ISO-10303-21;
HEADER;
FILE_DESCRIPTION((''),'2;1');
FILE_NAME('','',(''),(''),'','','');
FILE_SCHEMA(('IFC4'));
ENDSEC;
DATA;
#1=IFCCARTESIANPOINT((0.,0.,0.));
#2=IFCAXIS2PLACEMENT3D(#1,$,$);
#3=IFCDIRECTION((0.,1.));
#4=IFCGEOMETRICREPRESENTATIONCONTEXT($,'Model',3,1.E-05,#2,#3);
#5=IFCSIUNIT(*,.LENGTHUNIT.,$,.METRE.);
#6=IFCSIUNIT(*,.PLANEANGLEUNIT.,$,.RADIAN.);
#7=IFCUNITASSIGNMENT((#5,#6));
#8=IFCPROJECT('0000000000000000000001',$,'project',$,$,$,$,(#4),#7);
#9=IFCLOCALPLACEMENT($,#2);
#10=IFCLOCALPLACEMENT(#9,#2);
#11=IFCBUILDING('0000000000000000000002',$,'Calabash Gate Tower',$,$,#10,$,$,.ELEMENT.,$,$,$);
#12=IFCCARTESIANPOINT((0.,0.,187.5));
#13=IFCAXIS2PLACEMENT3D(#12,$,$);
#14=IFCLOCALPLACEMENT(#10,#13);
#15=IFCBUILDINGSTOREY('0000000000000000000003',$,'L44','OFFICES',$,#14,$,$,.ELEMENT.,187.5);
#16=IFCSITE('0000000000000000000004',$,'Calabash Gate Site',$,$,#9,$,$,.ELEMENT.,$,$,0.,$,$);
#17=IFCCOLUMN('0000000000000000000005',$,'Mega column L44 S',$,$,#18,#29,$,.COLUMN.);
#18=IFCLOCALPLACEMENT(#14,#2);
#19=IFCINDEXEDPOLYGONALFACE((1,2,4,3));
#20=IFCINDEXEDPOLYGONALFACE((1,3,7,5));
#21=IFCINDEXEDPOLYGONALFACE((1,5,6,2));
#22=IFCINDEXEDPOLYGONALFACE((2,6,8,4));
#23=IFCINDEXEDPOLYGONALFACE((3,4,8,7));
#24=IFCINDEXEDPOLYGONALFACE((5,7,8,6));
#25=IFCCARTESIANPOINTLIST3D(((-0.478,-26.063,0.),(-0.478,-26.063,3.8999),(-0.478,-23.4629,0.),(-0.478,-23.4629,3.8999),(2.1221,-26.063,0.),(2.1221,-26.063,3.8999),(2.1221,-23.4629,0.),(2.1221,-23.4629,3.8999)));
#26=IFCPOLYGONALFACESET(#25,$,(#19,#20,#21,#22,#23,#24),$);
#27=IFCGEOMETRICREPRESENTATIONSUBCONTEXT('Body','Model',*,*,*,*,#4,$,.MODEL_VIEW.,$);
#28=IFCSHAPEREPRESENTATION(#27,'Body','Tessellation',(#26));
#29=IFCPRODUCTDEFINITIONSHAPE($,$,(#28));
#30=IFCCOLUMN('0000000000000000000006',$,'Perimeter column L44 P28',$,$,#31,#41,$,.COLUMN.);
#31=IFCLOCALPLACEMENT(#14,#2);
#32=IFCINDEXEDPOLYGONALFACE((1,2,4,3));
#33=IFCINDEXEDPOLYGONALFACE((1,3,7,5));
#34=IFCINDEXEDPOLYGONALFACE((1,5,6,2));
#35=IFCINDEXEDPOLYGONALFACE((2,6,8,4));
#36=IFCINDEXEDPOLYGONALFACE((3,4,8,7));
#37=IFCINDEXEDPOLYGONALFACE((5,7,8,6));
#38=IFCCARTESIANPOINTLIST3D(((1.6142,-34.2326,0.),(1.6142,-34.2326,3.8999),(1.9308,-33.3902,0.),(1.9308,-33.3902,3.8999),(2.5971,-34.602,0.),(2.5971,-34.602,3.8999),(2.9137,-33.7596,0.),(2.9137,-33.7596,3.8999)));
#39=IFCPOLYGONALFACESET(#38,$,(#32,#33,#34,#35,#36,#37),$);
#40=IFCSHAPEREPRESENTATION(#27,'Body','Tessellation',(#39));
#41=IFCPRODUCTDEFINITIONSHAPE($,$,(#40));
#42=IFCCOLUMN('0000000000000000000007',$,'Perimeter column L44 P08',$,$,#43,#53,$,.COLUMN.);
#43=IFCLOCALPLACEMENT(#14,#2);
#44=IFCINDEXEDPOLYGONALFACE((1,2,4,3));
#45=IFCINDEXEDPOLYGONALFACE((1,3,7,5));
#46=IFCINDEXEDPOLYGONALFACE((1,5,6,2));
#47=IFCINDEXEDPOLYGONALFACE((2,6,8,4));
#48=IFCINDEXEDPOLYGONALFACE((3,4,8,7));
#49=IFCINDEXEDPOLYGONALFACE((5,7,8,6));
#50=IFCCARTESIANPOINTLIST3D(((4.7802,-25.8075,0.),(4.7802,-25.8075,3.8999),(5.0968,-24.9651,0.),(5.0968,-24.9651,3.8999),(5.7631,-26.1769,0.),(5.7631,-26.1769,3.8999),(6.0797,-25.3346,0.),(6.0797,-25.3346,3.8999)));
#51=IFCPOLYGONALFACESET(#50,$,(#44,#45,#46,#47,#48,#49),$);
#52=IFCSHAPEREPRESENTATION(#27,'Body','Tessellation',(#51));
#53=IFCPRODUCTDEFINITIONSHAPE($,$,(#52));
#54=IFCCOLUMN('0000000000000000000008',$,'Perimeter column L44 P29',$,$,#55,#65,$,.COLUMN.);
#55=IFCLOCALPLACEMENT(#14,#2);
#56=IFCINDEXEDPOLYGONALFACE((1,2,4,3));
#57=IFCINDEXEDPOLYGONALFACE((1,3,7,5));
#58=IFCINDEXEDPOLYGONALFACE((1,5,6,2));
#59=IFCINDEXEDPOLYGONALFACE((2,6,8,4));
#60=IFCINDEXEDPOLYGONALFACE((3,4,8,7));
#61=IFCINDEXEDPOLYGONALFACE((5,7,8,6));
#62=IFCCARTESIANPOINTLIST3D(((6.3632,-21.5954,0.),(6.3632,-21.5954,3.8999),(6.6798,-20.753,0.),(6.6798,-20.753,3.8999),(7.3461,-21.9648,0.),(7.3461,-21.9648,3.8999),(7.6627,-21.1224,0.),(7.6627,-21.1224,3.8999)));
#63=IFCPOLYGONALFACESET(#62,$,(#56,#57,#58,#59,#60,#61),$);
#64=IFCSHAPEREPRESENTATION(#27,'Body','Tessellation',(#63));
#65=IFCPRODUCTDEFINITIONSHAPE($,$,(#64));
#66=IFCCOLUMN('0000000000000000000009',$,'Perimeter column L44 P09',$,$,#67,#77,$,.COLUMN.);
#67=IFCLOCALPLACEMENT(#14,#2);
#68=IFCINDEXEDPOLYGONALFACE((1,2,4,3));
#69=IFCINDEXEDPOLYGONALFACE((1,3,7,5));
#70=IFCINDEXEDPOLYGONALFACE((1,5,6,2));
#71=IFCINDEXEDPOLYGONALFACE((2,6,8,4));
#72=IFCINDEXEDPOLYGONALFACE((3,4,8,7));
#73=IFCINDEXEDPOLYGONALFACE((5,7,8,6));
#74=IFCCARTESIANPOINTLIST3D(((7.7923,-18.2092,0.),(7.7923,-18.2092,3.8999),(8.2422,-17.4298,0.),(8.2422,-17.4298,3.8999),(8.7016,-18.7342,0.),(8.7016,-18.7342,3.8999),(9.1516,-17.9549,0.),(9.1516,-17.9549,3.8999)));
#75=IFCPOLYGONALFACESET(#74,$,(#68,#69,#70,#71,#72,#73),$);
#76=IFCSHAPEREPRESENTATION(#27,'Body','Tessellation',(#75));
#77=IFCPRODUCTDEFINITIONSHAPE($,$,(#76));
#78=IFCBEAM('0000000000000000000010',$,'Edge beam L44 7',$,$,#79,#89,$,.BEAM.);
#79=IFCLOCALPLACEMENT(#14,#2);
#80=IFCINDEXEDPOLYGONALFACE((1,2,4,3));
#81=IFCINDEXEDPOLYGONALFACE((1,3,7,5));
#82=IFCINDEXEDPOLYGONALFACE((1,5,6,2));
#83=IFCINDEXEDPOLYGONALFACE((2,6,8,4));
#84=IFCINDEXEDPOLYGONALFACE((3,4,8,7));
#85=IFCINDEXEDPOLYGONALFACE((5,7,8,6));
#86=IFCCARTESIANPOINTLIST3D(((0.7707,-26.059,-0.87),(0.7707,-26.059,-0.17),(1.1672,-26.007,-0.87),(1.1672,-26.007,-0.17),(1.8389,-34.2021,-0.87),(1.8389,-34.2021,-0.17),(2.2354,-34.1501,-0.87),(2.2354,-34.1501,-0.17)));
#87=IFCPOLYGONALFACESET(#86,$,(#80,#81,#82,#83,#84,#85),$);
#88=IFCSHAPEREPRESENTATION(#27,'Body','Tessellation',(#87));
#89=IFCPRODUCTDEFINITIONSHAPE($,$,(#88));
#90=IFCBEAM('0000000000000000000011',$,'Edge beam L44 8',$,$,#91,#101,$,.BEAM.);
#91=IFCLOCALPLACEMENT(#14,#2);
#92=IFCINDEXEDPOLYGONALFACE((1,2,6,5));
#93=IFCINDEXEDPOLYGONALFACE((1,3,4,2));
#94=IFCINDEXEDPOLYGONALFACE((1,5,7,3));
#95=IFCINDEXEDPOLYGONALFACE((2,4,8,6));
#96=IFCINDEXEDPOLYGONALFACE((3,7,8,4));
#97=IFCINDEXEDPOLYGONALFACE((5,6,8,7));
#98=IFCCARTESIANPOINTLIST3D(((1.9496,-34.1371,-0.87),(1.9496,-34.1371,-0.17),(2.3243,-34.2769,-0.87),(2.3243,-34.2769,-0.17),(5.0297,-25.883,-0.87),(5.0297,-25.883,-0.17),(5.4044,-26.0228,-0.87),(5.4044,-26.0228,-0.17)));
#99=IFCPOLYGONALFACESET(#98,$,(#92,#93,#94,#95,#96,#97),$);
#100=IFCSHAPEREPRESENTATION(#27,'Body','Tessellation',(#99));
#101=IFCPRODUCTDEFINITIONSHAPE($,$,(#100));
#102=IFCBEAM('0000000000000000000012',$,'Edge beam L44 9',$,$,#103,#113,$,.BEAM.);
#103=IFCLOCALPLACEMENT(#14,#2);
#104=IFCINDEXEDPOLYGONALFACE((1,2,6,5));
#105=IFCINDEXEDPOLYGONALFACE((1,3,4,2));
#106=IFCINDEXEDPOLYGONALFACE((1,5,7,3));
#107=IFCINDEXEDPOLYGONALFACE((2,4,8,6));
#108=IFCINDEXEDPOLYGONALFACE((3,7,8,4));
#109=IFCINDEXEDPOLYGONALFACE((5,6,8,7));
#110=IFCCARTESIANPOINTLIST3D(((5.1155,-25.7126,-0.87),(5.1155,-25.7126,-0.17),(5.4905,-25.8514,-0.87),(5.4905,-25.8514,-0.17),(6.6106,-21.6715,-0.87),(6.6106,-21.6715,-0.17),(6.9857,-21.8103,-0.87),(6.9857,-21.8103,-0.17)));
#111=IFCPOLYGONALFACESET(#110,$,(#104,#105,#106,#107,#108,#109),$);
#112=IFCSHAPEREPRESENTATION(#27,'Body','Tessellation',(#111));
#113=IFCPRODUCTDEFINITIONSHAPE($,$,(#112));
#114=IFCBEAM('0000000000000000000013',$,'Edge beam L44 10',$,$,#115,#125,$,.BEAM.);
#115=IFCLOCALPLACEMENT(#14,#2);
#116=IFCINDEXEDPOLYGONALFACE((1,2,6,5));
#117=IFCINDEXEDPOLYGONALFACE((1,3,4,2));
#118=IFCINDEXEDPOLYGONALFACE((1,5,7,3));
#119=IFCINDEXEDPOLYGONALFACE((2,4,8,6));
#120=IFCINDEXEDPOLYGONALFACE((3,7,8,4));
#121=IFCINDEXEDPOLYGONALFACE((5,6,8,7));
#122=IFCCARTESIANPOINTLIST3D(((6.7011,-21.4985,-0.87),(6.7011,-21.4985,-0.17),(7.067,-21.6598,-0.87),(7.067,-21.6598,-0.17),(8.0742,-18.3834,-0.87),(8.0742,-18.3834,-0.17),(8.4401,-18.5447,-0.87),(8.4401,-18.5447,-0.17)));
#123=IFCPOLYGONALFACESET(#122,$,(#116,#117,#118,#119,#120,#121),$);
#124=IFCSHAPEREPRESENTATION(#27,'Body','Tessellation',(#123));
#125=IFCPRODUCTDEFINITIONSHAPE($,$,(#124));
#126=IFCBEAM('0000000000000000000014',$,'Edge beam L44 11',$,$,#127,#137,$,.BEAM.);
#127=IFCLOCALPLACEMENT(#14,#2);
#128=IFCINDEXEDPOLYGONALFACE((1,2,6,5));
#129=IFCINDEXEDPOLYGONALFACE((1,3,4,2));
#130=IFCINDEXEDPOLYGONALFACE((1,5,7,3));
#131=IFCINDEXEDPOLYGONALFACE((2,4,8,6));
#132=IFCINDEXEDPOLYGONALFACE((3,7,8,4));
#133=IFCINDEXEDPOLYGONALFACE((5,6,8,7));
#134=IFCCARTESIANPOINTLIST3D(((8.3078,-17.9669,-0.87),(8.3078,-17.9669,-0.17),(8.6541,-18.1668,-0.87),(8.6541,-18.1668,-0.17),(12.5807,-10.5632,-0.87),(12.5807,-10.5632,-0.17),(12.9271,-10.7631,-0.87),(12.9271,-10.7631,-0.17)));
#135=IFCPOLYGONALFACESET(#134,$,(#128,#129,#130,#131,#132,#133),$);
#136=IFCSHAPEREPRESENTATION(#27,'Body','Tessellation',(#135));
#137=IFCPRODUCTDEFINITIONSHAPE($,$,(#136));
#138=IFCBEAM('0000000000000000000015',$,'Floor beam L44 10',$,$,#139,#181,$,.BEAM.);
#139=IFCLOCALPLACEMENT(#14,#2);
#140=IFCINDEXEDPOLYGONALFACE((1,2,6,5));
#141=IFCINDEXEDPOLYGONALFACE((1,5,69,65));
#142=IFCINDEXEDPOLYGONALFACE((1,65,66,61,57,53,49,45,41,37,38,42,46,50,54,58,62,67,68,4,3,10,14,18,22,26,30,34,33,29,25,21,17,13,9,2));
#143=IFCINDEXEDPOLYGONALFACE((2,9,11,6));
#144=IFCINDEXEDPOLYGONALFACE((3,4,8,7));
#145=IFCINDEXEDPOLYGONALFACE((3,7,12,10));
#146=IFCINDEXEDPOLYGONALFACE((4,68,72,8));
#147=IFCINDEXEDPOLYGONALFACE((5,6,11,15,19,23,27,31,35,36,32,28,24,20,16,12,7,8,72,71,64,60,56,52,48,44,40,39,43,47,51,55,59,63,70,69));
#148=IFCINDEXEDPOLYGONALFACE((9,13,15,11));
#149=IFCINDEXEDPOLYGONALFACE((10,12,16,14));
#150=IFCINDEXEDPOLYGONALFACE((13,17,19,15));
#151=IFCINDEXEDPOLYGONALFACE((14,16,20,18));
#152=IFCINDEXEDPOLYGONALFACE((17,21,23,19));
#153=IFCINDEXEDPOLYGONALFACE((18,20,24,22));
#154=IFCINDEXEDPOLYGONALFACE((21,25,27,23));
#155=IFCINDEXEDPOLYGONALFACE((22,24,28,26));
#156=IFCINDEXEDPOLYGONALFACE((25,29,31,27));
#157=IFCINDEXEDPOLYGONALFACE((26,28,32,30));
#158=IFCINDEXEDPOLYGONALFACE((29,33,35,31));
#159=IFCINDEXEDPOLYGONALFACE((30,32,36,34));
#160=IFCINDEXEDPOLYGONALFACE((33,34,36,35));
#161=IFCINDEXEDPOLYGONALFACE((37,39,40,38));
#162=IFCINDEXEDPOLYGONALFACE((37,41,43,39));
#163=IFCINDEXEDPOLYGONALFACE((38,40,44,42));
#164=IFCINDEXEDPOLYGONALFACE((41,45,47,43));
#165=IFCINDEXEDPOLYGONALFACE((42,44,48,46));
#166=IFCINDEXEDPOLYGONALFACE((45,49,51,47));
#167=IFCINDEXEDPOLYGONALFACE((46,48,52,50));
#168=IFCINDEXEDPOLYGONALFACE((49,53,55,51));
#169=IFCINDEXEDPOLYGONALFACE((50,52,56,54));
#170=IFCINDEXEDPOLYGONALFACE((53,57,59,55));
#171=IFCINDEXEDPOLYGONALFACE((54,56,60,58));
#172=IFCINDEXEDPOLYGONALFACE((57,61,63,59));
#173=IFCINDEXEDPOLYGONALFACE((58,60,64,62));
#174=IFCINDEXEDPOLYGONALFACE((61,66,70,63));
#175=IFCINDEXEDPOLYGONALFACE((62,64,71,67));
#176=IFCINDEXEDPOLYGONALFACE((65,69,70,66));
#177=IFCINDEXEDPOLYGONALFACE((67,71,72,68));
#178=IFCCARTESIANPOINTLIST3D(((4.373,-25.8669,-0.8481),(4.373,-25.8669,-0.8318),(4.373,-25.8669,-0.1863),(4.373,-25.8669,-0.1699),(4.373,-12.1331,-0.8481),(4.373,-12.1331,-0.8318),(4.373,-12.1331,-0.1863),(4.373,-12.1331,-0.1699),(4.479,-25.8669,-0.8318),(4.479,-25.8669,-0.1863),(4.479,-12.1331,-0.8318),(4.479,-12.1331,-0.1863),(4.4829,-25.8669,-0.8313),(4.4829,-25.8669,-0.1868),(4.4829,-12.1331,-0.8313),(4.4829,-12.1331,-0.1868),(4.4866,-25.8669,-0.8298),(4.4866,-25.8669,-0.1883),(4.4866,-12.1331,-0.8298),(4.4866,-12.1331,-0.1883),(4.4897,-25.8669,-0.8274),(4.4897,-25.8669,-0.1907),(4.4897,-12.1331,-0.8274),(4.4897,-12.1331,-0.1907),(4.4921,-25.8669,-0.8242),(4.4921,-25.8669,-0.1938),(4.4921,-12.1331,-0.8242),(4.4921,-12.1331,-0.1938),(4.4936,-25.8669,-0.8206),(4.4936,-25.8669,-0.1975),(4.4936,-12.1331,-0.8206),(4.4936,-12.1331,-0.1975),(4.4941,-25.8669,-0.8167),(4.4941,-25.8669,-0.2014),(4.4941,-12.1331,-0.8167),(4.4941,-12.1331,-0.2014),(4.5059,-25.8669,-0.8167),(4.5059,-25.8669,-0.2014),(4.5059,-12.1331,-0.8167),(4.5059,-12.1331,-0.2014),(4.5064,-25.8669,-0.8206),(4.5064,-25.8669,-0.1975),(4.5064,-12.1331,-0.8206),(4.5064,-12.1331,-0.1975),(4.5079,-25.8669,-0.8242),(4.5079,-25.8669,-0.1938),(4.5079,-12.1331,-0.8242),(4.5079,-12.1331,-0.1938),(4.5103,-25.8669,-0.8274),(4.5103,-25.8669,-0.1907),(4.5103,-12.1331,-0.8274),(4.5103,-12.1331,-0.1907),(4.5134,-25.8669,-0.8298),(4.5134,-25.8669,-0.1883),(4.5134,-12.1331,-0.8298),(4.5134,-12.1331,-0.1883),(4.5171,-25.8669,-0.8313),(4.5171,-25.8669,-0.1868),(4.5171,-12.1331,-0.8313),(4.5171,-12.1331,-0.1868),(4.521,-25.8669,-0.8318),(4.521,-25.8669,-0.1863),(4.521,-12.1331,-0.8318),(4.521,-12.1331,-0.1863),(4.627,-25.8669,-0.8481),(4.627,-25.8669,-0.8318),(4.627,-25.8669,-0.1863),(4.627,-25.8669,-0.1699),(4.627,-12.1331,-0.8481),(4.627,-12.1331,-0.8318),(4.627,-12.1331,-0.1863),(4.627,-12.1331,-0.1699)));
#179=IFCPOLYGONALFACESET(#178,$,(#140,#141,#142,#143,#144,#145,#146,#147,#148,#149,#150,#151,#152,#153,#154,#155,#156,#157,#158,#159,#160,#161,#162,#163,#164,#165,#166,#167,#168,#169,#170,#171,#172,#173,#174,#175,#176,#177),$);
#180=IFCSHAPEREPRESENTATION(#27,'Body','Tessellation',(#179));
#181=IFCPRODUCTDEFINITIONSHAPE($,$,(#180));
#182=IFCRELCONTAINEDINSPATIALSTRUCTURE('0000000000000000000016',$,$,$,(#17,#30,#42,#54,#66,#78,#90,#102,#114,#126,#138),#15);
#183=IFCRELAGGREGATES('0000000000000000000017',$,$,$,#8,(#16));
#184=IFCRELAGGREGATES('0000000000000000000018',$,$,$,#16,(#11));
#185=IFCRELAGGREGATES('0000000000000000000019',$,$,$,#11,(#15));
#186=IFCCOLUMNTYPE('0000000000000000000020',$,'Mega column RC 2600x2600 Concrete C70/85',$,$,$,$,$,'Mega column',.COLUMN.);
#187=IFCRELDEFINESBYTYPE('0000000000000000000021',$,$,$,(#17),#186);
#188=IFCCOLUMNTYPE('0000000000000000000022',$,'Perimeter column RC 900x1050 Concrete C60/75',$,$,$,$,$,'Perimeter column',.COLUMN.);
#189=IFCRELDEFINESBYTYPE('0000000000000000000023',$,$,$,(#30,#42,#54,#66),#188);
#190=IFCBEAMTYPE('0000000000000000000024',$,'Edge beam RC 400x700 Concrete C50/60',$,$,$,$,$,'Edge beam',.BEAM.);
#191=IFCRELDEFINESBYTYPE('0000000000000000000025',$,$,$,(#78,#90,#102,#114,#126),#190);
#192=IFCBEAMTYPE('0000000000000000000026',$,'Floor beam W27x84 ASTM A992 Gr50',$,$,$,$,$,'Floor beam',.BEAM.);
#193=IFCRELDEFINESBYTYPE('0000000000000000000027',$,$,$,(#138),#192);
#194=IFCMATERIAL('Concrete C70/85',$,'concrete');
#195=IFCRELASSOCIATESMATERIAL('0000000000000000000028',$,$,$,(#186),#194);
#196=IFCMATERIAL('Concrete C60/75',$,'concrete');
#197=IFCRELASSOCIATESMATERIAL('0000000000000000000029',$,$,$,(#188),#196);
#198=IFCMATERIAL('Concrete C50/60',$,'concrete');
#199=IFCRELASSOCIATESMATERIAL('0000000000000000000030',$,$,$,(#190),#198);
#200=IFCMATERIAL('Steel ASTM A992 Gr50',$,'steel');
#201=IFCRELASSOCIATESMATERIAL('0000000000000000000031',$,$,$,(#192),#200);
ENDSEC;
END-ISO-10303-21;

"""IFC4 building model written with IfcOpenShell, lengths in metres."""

from ifc_helpers import new_model, si_unit, direction, frame, origin, origin_2d, place, context, subcontext, project, spatial, rectangle, i_section, extrude, material, material_profile, profile_set, type_object, element, save


model = new_model("IFC4")

# Units and contexts
model_context = context("Model", 3, precision=1e-05, world=origin(), true_north=direction((0.0, 1.0)))
body_context = subcontext(model_context, "Body", "Model", "MODEL_VIEW")
ifc_project = project(units=[si_unit("LENGTHUNIT", "METRE"), si_unit("PLANEANGLEUNIT", "RADIAN")], contexts=[model_context])

# Site, building, storey
site_placement = place(None, origin())
site = spatial("IfcSite", under=ifc_project, at=site_placement, Name="Calabash Gate Site", CompositionType="ELEMENT", RefElevation=0.0)
building_placement = place(site_placement, origin())
building = spatial("IfcBuilding", under=site, at=building_placement, Name="Calabash Gate Tower", CompositionType="ELEMENT")
storey_placement = place(building_placement, frame((0.0, 0.0, 187.5)))
storey = spatial("IfcBuildingStorey", under=building, at=storey_placement, Name="L44", Description="OFFICES", CompositionType="ELEMENT", Elevation=187.5)

# Columns
ifc_material_1 = material(Name="Concrete C70/85", Category="concrete")
ifc_material_profile_1 = material_profile(ifc_material_1, rectangle(XDim=2.6001, YDim=2.6001, at=origin_2d()))
ifc_profile_set_1 = profile_set([ifc_material_profile_1], Name="Concrete C70/85")
column_type_1 = type_object("IfcColumnType", Name="Mega column RC 2600x2600 Concrete C70/85", ElementType="Mega column", PredefinedType="COLUMN", material=ifc_profile_set_1)
column_placement = place(storey_placement, frame((0.822, -24.7629, 0.0), z_axis=(0.0, 0.0, 1.0), x_axis=(0.0, 1.0, 0.0)))
element("IfcColumn", 1, at=column_placement, inside=storey, type_object=column_type_1, Name="Mega column L44 S", PredefinedType="COLUMN", context=body_context, shape_type="SweptSolid", body=[
    extrude(rectangle(XDim=2.6001, YDim=2.6001, at=origin_2d()), origin(), (0.0, 0.0, 1.0), 3.8999),
])
ifc_material_2 = material(Name="Concrete C60/75", Category="concrete")
ifc_material_profile_2 = material_profile(ifc_material_2, rectangle(XDim=0.8999, YDim=1.05, at=origin_2d()))
ifc_profile_set_2 = profile_set([ifc_material_profile_2], Name="Concrete C60/75")
column_type_2 = type_object("IfcColumnType", Name="Perimeter column RC 900x1050 Concrete C60/75", ElementType="Perimeter column", PredefinedType="COLUMN", material=ifc_profile_set_2)
for number, where, z_axis, x_axis, name in (
    (2, (2.2639, -33.9961, 0.0), (0.0, 0.0, 1.0), (0.351822, 0.936067, 0.0), "Perimeter column L44 P28"),
    (3, (5.4299, -25.571, 0.0), (0.0, 0.0, 1.0), (0.351822, 0.936067, 0.0), "Perimeter column L44 P08"),
    (4, (7.0129, -21.3589, 0.0), (0.0, 0.0, 1.0), (0.351822, 0.936067, 0.0), "Perimeter column L44 P29"),
    (5, (8.4719, -18.082, 0.0), (0.0, 0.0, 1.0), (0.5, 0.866025, 0.0), "Perimeter column L44 P09"),
):
    element("IfcColumn", number, at=place(storey_placement, frame(where, z_axis=z_axis, x_axis=x_axis)), inside=storey, type_object=column_type_2, Name=name, PredefinedType="COLUMN", context=body_context, shape_type="SweptSolid", body=[
        extrude(rectangle(XDim=0.8999, YDim=1.05, at=origin_2d()), origin(), (0.0, 0.0, 1.0), 3.8999),
    ])

# Beams
ifc_material_3 = material(Name="Concrete C50/60", Category="concrete")
ifc_material_profile_3 = material_profile(ifc_material_3, rectangle(XDim=0.3999, YDim=0.7, at=origin_2d()))
ifc_profile_set_3 = profile_set([ifc_material_profile_3], Name="Concrete C50/60")
beam_type_1 = type_object("IfcBeamType", Name="Edge beam RC 400x700 Concrete C50/60", ElementType="Edge beam", PredefinedType="BEAM", material=ifc_profile_set_3)
beam_1_placement = place(storey_placement, frame((0.969, -26.033, -0.52), z_axis=(0.130055, -0.991507, 0.0), x_axis=(0.991507, 0.130055, 0.0)))
element("IfcBeam", 6, at=beam_1_placement, inside=storey, type_object=beam_type_1, Name="Edge beam L44 7", PredefinedType="BEAM", context=body_context, shape_type="SweptSolid", body=[
    extrude(rectangle(XDim=0.3999, YDim=0.7, at=origin_2d()), origin(), (0.0, 0.0, 1.0), 8.2129),
])
beam_2_placement = place(storey_placement, frame((2.137, -34.207, -0.52), z_axis=(0.349608, 0.936896, 0.0), x_axis=(-0.936896, 0.349608, 0.0)))
element("IfcBeam", 7, at=beam_2_placement, inside=storey, type_object=beam_type_1, Name="Edge beam L44 8", PredefinedType="BEAM", context=body_context, shape_type="SweptSolid", body=[
    extrude(rectangle(XDim=0.3999, YDim=0.7, at=origin_2d()), origin(), (0.0, 0.0, 1.0), 8.8101),
])
beam_3_placement = place(storey_placement, frame((5.303, -25.782, -0.52), z_axis=(0.346997, 0.937866, 0.0), x_axis=(-0.937866, 0.346997, 0.0)))
element("IfcBeam", 8, at=beam_3_placement, inside=storey, type_object=beam_type_1, Name="Edge beam L44 9", PredefinedType="BEAM", context=body_context, shape_type="SweptSolid", body=[
    extrude(rectangle(XDim=0.3999, YDim=0.7, at=origin_2d()), origin(), (0.0, 0.0, 1.0), 4.3088),
])
beam_4_placement = place(storey_placement, frame((6.884, -21.5791, -0.52), z_axis=(0.403342, 0.915049, 0.0), x_axis=(-0.915049, 0.403342, 0.0)))
element("IfcBeam", 9, at=beam_4_placement, inside=storey, type_object=beam_type_1, Name="Edge beam L44 10", PredefinedType="BEAM", context=body_context, shape_type="SweptSolid", body=[
    extrude(rectangle(XDim=0.3999, YDim=0.7, at=origin_2d()), origin(), (0.0, 0.0, 1.0), 3.4043),
])
beam_5_placement = place(storey_placement, frame((8.481, -18.0669, -0.52), z_axis=(0.499856, 0.866109, 0.0), x_axis=(-0.866109, 0.499856, 0.0)))
element("IfcBeam", 10, at=beam_5_placement, inside=storey, type_object=beam_type_1, Name="Edge beam L44 11", PredefinedType="BEAM", context=body_context, shape_type="SweptSolid", body=[
    extrude(rectangle(XDim=0.3999, YDim=0.7, at=origin_2d()), origin(), (0.0, 0.0, 1.0), 8.5483),
])
ifc_material_4 = material(Name="Steel ASTM A992 Gr50", Category="steel")
ifc_material_profile_4 = material_profile(ifc_material_4, i_section(OverallWidth=0.2539, OverallDepth=0.6782, WebThickness=0.0117, FlangeThickness=0.0164, FilletRadius=0.0151, at=origin_2d()))
ifc_profile_set_4 = profile_set([ifc_material_profile_4], Name="Steel ASTM A992 Gr50")
beam_type_2 = type_object("IfcBeamType", Name="Floor beam W27x84 ASTM A992 Gr50", ElementType="Floor beam", PredefinedType="BEAM", material=ifc_profile_set_4)
beam_6_placement = place(storey_placement, frame((4.5, -25.8669, -0.509), z_axis=(0.0, 1.0, 0.0), x_axis=(-1.0, 0.0, 0.0)))
element("IfcBeam", 11, at=beam_6_placement, inside=storey, type_object=beam_type_2, Name="Floor beam L44 10", PredefinedType="BEAM", context=body_context, shape_type="SweptSolid", body=[
    extrude(i_section(OverallWidth=0.2539, OverallDepth=0.6782, WebThickness=0.0117, FlangeThickness=0.0164, FilletRadius=0.0151, at=origin_2d()), origin(), (0.0, 0.0, 1.0), 13.7339),
])

save(model, "model.ifc")
